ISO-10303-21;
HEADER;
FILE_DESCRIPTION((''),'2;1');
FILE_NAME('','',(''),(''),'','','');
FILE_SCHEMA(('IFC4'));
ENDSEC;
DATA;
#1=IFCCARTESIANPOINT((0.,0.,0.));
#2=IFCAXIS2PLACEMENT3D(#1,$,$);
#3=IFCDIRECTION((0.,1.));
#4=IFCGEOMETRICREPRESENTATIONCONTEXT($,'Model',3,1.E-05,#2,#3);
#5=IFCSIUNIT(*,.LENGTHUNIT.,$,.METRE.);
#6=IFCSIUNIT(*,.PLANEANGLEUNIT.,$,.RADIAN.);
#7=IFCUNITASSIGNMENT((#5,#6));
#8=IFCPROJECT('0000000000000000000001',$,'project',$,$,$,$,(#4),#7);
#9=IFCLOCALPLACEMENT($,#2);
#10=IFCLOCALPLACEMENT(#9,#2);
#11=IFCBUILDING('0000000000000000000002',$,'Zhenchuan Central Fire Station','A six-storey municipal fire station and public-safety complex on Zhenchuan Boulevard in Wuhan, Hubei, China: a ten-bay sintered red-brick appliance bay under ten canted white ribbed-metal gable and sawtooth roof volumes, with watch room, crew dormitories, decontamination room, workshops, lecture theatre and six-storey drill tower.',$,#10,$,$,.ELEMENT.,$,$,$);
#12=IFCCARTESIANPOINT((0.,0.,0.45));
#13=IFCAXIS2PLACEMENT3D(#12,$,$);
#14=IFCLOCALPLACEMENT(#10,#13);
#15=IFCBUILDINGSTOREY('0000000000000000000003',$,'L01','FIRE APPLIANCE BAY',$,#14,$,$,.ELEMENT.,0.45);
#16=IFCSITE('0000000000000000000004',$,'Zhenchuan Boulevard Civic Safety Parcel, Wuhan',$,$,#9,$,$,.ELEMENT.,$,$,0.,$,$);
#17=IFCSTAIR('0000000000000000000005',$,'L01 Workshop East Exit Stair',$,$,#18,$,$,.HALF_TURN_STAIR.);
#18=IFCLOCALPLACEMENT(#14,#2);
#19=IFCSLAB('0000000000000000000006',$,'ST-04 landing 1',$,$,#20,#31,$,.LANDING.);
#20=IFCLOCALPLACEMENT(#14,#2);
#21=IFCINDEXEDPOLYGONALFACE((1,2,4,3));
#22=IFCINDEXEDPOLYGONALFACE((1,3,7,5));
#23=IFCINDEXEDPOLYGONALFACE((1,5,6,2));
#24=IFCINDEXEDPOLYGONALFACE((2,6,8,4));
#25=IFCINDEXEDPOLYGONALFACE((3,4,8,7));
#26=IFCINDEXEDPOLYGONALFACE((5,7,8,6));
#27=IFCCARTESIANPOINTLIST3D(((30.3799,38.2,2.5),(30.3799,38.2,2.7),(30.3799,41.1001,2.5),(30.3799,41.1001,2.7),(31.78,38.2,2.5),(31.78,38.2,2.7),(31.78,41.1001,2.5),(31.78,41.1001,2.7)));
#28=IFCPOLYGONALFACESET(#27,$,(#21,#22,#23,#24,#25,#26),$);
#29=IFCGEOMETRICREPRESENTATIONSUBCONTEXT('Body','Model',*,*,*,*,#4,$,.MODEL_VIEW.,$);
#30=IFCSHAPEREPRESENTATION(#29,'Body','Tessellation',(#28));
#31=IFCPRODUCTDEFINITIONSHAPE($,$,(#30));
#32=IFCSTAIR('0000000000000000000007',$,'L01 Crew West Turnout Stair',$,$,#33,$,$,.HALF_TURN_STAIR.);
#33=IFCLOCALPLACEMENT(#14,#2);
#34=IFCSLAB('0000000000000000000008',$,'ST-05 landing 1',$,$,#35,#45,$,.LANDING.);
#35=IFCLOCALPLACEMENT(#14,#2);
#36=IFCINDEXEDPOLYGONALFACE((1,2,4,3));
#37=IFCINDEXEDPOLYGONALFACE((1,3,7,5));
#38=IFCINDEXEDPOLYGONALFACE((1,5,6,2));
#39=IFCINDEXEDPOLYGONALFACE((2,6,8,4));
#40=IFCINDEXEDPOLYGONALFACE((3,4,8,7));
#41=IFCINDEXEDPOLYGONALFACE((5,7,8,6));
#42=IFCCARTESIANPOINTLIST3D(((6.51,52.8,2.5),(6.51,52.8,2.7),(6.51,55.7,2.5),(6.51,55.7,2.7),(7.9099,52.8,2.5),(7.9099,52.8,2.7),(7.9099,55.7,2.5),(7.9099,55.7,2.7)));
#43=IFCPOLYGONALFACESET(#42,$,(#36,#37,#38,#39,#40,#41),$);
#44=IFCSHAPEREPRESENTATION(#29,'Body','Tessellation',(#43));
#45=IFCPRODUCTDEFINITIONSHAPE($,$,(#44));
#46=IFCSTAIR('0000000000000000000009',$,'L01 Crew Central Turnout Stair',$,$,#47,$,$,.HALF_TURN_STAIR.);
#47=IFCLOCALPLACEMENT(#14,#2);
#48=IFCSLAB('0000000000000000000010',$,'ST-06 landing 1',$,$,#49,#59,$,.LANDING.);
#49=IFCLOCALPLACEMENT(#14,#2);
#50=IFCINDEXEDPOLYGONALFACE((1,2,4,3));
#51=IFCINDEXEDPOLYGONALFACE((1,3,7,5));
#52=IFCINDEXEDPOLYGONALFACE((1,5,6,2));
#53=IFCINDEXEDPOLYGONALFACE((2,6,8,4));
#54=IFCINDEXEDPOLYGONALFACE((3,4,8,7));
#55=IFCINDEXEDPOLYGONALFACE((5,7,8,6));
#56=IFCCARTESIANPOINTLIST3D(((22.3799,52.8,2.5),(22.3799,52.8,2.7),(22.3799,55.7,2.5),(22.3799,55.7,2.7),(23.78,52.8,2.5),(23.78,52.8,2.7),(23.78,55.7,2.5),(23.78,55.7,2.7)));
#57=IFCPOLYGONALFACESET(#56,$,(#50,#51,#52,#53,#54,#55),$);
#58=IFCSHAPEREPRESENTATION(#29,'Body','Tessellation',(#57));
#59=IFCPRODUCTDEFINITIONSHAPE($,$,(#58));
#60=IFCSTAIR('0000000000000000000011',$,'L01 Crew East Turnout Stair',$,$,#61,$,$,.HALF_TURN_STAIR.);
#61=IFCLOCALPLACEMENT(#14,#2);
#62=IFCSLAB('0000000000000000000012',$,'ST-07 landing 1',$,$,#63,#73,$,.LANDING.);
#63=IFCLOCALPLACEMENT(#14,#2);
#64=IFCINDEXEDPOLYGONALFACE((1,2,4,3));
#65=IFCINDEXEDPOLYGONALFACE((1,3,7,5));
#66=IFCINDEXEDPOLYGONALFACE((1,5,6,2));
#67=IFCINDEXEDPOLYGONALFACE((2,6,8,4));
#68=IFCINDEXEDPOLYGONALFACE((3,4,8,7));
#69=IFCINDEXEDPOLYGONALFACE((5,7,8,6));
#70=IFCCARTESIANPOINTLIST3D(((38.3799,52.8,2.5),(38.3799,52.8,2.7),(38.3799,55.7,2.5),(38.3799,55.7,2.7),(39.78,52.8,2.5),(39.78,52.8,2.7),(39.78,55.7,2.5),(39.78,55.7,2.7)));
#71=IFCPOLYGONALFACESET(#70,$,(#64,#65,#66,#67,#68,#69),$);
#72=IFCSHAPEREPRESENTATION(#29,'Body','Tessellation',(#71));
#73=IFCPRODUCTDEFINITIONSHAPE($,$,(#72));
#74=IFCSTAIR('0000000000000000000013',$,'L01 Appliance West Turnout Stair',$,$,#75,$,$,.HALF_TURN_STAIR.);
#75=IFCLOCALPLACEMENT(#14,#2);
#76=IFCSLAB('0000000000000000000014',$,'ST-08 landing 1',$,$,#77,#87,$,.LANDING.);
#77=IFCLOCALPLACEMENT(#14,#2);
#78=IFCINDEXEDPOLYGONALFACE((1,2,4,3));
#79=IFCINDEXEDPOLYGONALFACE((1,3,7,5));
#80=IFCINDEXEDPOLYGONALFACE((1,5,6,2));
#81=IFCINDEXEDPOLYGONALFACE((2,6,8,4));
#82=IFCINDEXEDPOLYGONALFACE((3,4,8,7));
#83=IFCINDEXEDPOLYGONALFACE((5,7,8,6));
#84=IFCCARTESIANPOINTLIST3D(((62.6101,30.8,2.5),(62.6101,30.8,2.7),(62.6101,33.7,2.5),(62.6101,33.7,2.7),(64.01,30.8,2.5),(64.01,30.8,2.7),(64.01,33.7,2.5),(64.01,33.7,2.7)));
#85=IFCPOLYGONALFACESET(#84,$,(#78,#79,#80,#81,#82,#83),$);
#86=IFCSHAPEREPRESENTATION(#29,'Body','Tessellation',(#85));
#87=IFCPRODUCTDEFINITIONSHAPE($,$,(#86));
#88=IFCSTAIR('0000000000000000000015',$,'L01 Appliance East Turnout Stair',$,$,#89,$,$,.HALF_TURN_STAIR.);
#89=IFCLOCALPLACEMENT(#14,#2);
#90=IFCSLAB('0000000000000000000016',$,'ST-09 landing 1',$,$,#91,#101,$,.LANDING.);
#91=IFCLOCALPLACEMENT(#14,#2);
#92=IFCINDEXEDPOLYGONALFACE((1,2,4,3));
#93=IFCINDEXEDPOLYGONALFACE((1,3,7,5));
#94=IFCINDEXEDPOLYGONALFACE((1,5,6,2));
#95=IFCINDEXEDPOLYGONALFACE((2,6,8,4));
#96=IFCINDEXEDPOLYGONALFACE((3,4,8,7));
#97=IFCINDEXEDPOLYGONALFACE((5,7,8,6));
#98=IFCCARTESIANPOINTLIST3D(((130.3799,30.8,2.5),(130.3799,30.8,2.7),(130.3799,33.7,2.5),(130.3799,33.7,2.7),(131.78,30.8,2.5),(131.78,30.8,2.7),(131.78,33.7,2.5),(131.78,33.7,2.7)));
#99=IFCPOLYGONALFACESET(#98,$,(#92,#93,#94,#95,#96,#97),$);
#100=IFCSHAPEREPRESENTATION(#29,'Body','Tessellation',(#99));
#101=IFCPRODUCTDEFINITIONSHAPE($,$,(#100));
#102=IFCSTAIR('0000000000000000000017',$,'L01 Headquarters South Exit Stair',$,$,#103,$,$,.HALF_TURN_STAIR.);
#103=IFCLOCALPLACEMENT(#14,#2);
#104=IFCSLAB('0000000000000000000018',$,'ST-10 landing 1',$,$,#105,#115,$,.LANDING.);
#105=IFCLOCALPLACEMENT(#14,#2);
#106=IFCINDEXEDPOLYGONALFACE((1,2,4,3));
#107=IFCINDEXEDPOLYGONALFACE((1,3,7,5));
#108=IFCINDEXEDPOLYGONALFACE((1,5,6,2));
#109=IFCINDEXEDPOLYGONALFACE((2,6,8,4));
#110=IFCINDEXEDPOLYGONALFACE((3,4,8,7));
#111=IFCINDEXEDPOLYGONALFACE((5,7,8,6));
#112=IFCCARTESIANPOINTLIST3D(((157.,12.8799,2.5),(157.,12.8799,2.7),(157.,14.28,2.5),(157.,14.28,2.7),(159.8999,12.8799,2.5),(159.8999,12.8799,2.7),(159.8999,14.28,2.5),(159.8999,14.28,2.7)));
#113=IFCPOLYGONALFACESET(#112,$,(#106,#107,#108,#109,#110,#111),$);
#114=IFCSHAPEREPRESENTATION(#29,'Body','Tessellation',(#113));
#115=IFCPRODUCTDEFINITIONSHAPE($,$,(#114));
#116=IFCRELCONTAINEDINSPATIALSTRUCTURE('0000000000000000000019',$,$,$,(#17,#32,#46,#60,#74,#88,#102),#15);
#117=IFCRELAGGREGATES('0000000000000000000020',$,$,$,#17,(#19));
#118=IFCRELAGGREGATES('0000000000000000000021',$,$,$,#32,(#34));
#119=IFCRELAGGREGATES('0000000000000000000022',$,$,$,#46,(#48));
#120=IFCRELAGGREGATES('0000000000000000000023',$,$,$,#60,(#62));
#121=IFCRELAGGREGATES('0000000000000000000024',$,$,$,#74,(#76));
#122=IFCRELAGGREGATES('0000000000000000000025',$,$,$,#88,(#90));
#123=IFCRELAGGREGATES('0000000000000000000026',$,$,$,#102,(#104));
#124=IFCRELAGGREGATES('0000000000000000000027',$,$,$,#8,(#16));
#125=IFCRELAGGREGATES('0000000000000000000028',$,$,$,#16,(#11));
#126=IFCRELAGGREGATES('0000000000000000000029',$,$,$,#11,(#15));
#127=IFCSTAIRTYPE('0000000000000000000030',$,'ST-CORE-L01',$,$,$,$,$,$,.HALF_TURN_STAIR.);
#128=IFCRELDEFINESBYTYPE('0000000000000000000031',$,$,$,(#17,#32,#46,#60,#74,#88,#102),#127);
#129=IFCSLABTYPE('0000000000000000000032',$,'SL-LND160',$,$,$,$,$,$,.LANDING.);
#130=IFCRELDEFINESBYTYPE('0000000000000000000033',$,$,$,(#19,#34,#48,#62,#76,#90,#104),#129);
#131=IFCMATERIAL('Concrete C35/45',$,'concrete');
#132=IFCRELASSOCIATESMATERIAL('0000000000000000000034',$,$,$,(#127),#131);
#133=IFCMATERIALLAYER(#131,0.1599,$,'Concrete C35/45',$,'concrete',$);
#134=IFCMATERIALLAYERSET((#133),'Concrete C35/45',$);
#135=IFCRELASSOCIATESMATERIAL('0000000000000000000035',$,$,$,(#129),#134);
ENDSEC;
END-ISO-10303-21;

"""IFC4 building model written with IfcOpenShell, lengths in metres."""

from ifc_helpers import new_model, si_unit, direction, frame, origin, place, context, subcontext, project, spatial, polyline, outline, extrude, material, layer, layer_set, type_object, element, aggregate, save


model = new_model("IFC4")

# Units and contexts
model_context = context("Model", 3, precision=1e-05, world=origin(), true_north=direction((0.0, 1.0)))
body_context = subcontext(model_context, "Body", "Model", "MODEL_VIEW")
ifc_project = project(units=[si_unit("LENGTHUNIT", "METRE"), si_unit("PLANEANGLEUNIT", "RADIAN")], contexts=[model_context])

# Site, building, storey
site_placement = place(None, origin())
site = spatial("IfcSite", under=ifc_project, at=site_placement, Name="Zhenchuan Boulevard Civic Safety Parcel, Wuhan", CompositionType="ELEMENT", RefElevation=0.0)
building_placement = place(site_placement, origin())
building = spatial("IfcBuilding", under=site, at=building_placement, Name="Zhenchuan Central Fire Station", Description="A six-storey municipal fire station and public-safety complex on Zhenchuan Boulevard in Wuhan, Hubei, China: a ten-bay sintered red-brick appliance bay under ten canted white ribbed-metal gable and sawtooth roof volumes, with watch room, crew dormitories, decontamination room, workshops, lecture theatre and six-storey drill tower.", CompositionType="ELEMENT")
storey_placement = place(building_placement, frame((0.0, 0.0, 0.45)))
storey = spatial("IfcBuildingStorey", under=building, at=storey_placement, Name="L01", Description="FIRE APPLIANCE BAY", CompositionType="ELEMENT", Elevation=0.45)

# Shared definitions
ifc_material = material(Name="Concrete C35/45", Category="concrete")

# Stairs, slabs
stair_type = type_object("IfcStairType", Name="ST-CORE-L01", PredefinedType="HALF_TURN_STAIR", material=ifc_material)
ifc_layer_1 = layer(ifc_material, 0.1599, Name="Concrete C35/45", Category="concrete")
ifc_layer_set_1 = layer_set([ifc_layer_1], Name="Concrete C35/45")
slab_type_1 = type_object("IfcSlabType", Name="SL-LND160", PredefinedType="LANDING", material=ifc_layer_set_1)
stair_1_placement = place(storey_placement, origin())
stair_1 = element("IfcStair", 1, at=stair_1_placement, inside=storey, type_object=stair_type, Name="L01 Workshop East Exit Stair", PredefinedType="HALF_TURN_STAIR")
slab_1_placement = place(storey_placement, frame((0.0, 0.0, 2.5)))
slab_1 = element("IfcSlab", 2, at=slab_1_placement, type_object=slab_type_1, Name="ST-04 landing 1", PredefinedType="LANDING", context=body_context, shape_type="SweptSolid", body=[
    extrude(outline(polyline([(30.3799, 38.2), (31.78, 38.2), (31.78, 41.1001), (30.3799, 41.1001), (30.3799, 38.2)])), origin(), (0.0, 0.0, 1.0), 0.2),
])
aggregate(stair_1, [slab_1])
stair_2_placement = place(storey_placement, origin())
stair_2 = element("IfcStair", 3, at=stair_2_placement, inside=storey, type_object=stair_type, Name="L01 Crew West Turnout Stair", PredefinedType="HALF_TURN_STAIR")
slab_2_placement = place(storey_placement, frame((0.0, 0.0, 2.5)))
slab_2 = element("IfcSlab", 4, at=slab_2_placement, type_object=slab_type_1, Name="ST-05 landing 1", PredefinedType="LANDING", context=body_context, shape_type="SweptSolid", body=[
    extrude(outline(polyline([(6.51, 52.8), (7.9099, 52.8), (7.9099, 55.7), (6.51, 55.7), (6.51, 52.8)])), origin(), (0.0, 0.0, 1.0), 0.2),
])
aggregate(stair_2, [slab_2])
stair_3_placement = place(storey_placement, origin())
stair_3 = element("IfcStair", 5, at=stair_3_placement, inside=storey, type_object=stair_type, Name="L01 Crew Central Turnout Stair", PredefinedType="HALF_TURN_STAIR")
slab_3_placement = place(storey_placement, frame((0.0, 0.0, 2.5)))
slab_3 = element("IfcSlab", 6, at=slab_3_placement, type_object=slab_type_1, Name="ST-06 landing 1", PredefinedType="LANDING", context=body_context, shape_type="SweptSolid", body=[
    extrude(outline(polyline([(22.3799, 52.8), (23.78, 52.8), (23.78, 55.7), (22.3799, 55.7), (22.3799, 52.8)])), origin(), (0.0, 0.0, 1.0), 0.2),
])
aggregate(stair_3, [slab_3])
stair_4_placement = place(storey_placement, origin())
stair_4 = element("IfcStair", 7, at=stair_4_placement, inside=storey, type_object=stair_type, Name="L01 Crew East Turnout Stair", PredefinedType="HALF_TURN_STAIR")
slab_4_placement = place(storey_placement, frame((0.0, 0.0, 2.5)))
slab_4 = element("IfcSlab", 8, at=slab_4_placement, type_object=slab_type_1, Name="ST-07 landing 1", PredefinedType="LANDING", context=body_context, shape_type="SweptSolid", body=[
    extrude(outline(polyline([(38.3799, 52.8), (39.78, 52.8), (39.78, 55.7), (38.3799, 55.7), (38.3799, 52.8)])), origin(), (0.0, 0.0, 1.0), 0.2),
])
aggregate(stair_4, [slab_4])
stair_5_placement = place(storey_placement, origin())
stair_5 = element("IfcStair", 9, at=stair_5_placement, inside=storey, type_object=stair_type, Name="L01 Appliance West Turnout Stair", PredefinedType="HALF_TURN_STAIR")
slab_5_placement = place(storey_placement, frame((0.0, 0.0, 2.5)))
slab_5 = element("IfcSlab", 10, at=slab_5_placement, type_object=slab_type_1, Name="ST-08 landing 1", PredefinedType="LANDING", context=body_context, shape_type="SweptSolid", body=[
    extrude(outline(polyline([(62.6101, 30.8), (64.01, 30.8), (64.01, 33.7), (62.6101, 33.7), (62.6101, 30.8)])), origin(), (0.0, 0.0, 1.0), 0.2),
])
aggregate(stair_5, [slab_5])
stair_6_placement = place(storey_placement, origin())
stair_6 = element("IfcStair", 11, at=stair_6_placement, inside=storey, type_object=stair_type, Name="L01 Appliance East Turnout Stair", PredefinedType="HALF_TURN_STAIR")
slab_6_placement = place(storey_placement, frame((0.0, 0.0, 2.5)))
slab_6 = element("IfcSlab", 12, at=slab_6_placement, type_object=slab_type_1, Name="ST-09 landing 1", PredefinedType="LANDING", context=body_context, shape_type="SweptSolid", body=[
    extrude(outline(polyline([(130.3799, 30.8), (131.78, 30.8), (131.78, 33.7), (130.3799, 33.7), (130.3799, 30.8)])), origin(), (0.0, 0.0, 1.0), 0.2),
])
aggregate(stair_6, [slab_6])
stair_7_placement = place(storey_placement, origin())
stair_7 = element("IfcStair", 13, at=stair_7_placement, inside=storey, type_object=stair_type, Name="L01 Headquarters South Exit Stair", PredefinedType="HALF_TURN_STAIR")
slab_7_placement = place(storey_placement, frame((0.0, 0.0, 2.5)))
slab_7 = element("IfcSlab", 14, at=slab_7_placement, type_object=slab_type_1, Name="ST-10 landing 1", PredefinedType="LANDING", context=body_context, shape_type="SweptSolid", body=[
    extrude(outline(polyline([(159.8999, 12.8799), (159.8999, 14.28), (157.0, 14.28), (157.0, 12.8799), (159.8999, 12.8799)])), origin(), (0.0, 0.0, 1.0), 0.2),
])
aggregate(stair_7, [slab_7])

save(model, "model.ifc")
